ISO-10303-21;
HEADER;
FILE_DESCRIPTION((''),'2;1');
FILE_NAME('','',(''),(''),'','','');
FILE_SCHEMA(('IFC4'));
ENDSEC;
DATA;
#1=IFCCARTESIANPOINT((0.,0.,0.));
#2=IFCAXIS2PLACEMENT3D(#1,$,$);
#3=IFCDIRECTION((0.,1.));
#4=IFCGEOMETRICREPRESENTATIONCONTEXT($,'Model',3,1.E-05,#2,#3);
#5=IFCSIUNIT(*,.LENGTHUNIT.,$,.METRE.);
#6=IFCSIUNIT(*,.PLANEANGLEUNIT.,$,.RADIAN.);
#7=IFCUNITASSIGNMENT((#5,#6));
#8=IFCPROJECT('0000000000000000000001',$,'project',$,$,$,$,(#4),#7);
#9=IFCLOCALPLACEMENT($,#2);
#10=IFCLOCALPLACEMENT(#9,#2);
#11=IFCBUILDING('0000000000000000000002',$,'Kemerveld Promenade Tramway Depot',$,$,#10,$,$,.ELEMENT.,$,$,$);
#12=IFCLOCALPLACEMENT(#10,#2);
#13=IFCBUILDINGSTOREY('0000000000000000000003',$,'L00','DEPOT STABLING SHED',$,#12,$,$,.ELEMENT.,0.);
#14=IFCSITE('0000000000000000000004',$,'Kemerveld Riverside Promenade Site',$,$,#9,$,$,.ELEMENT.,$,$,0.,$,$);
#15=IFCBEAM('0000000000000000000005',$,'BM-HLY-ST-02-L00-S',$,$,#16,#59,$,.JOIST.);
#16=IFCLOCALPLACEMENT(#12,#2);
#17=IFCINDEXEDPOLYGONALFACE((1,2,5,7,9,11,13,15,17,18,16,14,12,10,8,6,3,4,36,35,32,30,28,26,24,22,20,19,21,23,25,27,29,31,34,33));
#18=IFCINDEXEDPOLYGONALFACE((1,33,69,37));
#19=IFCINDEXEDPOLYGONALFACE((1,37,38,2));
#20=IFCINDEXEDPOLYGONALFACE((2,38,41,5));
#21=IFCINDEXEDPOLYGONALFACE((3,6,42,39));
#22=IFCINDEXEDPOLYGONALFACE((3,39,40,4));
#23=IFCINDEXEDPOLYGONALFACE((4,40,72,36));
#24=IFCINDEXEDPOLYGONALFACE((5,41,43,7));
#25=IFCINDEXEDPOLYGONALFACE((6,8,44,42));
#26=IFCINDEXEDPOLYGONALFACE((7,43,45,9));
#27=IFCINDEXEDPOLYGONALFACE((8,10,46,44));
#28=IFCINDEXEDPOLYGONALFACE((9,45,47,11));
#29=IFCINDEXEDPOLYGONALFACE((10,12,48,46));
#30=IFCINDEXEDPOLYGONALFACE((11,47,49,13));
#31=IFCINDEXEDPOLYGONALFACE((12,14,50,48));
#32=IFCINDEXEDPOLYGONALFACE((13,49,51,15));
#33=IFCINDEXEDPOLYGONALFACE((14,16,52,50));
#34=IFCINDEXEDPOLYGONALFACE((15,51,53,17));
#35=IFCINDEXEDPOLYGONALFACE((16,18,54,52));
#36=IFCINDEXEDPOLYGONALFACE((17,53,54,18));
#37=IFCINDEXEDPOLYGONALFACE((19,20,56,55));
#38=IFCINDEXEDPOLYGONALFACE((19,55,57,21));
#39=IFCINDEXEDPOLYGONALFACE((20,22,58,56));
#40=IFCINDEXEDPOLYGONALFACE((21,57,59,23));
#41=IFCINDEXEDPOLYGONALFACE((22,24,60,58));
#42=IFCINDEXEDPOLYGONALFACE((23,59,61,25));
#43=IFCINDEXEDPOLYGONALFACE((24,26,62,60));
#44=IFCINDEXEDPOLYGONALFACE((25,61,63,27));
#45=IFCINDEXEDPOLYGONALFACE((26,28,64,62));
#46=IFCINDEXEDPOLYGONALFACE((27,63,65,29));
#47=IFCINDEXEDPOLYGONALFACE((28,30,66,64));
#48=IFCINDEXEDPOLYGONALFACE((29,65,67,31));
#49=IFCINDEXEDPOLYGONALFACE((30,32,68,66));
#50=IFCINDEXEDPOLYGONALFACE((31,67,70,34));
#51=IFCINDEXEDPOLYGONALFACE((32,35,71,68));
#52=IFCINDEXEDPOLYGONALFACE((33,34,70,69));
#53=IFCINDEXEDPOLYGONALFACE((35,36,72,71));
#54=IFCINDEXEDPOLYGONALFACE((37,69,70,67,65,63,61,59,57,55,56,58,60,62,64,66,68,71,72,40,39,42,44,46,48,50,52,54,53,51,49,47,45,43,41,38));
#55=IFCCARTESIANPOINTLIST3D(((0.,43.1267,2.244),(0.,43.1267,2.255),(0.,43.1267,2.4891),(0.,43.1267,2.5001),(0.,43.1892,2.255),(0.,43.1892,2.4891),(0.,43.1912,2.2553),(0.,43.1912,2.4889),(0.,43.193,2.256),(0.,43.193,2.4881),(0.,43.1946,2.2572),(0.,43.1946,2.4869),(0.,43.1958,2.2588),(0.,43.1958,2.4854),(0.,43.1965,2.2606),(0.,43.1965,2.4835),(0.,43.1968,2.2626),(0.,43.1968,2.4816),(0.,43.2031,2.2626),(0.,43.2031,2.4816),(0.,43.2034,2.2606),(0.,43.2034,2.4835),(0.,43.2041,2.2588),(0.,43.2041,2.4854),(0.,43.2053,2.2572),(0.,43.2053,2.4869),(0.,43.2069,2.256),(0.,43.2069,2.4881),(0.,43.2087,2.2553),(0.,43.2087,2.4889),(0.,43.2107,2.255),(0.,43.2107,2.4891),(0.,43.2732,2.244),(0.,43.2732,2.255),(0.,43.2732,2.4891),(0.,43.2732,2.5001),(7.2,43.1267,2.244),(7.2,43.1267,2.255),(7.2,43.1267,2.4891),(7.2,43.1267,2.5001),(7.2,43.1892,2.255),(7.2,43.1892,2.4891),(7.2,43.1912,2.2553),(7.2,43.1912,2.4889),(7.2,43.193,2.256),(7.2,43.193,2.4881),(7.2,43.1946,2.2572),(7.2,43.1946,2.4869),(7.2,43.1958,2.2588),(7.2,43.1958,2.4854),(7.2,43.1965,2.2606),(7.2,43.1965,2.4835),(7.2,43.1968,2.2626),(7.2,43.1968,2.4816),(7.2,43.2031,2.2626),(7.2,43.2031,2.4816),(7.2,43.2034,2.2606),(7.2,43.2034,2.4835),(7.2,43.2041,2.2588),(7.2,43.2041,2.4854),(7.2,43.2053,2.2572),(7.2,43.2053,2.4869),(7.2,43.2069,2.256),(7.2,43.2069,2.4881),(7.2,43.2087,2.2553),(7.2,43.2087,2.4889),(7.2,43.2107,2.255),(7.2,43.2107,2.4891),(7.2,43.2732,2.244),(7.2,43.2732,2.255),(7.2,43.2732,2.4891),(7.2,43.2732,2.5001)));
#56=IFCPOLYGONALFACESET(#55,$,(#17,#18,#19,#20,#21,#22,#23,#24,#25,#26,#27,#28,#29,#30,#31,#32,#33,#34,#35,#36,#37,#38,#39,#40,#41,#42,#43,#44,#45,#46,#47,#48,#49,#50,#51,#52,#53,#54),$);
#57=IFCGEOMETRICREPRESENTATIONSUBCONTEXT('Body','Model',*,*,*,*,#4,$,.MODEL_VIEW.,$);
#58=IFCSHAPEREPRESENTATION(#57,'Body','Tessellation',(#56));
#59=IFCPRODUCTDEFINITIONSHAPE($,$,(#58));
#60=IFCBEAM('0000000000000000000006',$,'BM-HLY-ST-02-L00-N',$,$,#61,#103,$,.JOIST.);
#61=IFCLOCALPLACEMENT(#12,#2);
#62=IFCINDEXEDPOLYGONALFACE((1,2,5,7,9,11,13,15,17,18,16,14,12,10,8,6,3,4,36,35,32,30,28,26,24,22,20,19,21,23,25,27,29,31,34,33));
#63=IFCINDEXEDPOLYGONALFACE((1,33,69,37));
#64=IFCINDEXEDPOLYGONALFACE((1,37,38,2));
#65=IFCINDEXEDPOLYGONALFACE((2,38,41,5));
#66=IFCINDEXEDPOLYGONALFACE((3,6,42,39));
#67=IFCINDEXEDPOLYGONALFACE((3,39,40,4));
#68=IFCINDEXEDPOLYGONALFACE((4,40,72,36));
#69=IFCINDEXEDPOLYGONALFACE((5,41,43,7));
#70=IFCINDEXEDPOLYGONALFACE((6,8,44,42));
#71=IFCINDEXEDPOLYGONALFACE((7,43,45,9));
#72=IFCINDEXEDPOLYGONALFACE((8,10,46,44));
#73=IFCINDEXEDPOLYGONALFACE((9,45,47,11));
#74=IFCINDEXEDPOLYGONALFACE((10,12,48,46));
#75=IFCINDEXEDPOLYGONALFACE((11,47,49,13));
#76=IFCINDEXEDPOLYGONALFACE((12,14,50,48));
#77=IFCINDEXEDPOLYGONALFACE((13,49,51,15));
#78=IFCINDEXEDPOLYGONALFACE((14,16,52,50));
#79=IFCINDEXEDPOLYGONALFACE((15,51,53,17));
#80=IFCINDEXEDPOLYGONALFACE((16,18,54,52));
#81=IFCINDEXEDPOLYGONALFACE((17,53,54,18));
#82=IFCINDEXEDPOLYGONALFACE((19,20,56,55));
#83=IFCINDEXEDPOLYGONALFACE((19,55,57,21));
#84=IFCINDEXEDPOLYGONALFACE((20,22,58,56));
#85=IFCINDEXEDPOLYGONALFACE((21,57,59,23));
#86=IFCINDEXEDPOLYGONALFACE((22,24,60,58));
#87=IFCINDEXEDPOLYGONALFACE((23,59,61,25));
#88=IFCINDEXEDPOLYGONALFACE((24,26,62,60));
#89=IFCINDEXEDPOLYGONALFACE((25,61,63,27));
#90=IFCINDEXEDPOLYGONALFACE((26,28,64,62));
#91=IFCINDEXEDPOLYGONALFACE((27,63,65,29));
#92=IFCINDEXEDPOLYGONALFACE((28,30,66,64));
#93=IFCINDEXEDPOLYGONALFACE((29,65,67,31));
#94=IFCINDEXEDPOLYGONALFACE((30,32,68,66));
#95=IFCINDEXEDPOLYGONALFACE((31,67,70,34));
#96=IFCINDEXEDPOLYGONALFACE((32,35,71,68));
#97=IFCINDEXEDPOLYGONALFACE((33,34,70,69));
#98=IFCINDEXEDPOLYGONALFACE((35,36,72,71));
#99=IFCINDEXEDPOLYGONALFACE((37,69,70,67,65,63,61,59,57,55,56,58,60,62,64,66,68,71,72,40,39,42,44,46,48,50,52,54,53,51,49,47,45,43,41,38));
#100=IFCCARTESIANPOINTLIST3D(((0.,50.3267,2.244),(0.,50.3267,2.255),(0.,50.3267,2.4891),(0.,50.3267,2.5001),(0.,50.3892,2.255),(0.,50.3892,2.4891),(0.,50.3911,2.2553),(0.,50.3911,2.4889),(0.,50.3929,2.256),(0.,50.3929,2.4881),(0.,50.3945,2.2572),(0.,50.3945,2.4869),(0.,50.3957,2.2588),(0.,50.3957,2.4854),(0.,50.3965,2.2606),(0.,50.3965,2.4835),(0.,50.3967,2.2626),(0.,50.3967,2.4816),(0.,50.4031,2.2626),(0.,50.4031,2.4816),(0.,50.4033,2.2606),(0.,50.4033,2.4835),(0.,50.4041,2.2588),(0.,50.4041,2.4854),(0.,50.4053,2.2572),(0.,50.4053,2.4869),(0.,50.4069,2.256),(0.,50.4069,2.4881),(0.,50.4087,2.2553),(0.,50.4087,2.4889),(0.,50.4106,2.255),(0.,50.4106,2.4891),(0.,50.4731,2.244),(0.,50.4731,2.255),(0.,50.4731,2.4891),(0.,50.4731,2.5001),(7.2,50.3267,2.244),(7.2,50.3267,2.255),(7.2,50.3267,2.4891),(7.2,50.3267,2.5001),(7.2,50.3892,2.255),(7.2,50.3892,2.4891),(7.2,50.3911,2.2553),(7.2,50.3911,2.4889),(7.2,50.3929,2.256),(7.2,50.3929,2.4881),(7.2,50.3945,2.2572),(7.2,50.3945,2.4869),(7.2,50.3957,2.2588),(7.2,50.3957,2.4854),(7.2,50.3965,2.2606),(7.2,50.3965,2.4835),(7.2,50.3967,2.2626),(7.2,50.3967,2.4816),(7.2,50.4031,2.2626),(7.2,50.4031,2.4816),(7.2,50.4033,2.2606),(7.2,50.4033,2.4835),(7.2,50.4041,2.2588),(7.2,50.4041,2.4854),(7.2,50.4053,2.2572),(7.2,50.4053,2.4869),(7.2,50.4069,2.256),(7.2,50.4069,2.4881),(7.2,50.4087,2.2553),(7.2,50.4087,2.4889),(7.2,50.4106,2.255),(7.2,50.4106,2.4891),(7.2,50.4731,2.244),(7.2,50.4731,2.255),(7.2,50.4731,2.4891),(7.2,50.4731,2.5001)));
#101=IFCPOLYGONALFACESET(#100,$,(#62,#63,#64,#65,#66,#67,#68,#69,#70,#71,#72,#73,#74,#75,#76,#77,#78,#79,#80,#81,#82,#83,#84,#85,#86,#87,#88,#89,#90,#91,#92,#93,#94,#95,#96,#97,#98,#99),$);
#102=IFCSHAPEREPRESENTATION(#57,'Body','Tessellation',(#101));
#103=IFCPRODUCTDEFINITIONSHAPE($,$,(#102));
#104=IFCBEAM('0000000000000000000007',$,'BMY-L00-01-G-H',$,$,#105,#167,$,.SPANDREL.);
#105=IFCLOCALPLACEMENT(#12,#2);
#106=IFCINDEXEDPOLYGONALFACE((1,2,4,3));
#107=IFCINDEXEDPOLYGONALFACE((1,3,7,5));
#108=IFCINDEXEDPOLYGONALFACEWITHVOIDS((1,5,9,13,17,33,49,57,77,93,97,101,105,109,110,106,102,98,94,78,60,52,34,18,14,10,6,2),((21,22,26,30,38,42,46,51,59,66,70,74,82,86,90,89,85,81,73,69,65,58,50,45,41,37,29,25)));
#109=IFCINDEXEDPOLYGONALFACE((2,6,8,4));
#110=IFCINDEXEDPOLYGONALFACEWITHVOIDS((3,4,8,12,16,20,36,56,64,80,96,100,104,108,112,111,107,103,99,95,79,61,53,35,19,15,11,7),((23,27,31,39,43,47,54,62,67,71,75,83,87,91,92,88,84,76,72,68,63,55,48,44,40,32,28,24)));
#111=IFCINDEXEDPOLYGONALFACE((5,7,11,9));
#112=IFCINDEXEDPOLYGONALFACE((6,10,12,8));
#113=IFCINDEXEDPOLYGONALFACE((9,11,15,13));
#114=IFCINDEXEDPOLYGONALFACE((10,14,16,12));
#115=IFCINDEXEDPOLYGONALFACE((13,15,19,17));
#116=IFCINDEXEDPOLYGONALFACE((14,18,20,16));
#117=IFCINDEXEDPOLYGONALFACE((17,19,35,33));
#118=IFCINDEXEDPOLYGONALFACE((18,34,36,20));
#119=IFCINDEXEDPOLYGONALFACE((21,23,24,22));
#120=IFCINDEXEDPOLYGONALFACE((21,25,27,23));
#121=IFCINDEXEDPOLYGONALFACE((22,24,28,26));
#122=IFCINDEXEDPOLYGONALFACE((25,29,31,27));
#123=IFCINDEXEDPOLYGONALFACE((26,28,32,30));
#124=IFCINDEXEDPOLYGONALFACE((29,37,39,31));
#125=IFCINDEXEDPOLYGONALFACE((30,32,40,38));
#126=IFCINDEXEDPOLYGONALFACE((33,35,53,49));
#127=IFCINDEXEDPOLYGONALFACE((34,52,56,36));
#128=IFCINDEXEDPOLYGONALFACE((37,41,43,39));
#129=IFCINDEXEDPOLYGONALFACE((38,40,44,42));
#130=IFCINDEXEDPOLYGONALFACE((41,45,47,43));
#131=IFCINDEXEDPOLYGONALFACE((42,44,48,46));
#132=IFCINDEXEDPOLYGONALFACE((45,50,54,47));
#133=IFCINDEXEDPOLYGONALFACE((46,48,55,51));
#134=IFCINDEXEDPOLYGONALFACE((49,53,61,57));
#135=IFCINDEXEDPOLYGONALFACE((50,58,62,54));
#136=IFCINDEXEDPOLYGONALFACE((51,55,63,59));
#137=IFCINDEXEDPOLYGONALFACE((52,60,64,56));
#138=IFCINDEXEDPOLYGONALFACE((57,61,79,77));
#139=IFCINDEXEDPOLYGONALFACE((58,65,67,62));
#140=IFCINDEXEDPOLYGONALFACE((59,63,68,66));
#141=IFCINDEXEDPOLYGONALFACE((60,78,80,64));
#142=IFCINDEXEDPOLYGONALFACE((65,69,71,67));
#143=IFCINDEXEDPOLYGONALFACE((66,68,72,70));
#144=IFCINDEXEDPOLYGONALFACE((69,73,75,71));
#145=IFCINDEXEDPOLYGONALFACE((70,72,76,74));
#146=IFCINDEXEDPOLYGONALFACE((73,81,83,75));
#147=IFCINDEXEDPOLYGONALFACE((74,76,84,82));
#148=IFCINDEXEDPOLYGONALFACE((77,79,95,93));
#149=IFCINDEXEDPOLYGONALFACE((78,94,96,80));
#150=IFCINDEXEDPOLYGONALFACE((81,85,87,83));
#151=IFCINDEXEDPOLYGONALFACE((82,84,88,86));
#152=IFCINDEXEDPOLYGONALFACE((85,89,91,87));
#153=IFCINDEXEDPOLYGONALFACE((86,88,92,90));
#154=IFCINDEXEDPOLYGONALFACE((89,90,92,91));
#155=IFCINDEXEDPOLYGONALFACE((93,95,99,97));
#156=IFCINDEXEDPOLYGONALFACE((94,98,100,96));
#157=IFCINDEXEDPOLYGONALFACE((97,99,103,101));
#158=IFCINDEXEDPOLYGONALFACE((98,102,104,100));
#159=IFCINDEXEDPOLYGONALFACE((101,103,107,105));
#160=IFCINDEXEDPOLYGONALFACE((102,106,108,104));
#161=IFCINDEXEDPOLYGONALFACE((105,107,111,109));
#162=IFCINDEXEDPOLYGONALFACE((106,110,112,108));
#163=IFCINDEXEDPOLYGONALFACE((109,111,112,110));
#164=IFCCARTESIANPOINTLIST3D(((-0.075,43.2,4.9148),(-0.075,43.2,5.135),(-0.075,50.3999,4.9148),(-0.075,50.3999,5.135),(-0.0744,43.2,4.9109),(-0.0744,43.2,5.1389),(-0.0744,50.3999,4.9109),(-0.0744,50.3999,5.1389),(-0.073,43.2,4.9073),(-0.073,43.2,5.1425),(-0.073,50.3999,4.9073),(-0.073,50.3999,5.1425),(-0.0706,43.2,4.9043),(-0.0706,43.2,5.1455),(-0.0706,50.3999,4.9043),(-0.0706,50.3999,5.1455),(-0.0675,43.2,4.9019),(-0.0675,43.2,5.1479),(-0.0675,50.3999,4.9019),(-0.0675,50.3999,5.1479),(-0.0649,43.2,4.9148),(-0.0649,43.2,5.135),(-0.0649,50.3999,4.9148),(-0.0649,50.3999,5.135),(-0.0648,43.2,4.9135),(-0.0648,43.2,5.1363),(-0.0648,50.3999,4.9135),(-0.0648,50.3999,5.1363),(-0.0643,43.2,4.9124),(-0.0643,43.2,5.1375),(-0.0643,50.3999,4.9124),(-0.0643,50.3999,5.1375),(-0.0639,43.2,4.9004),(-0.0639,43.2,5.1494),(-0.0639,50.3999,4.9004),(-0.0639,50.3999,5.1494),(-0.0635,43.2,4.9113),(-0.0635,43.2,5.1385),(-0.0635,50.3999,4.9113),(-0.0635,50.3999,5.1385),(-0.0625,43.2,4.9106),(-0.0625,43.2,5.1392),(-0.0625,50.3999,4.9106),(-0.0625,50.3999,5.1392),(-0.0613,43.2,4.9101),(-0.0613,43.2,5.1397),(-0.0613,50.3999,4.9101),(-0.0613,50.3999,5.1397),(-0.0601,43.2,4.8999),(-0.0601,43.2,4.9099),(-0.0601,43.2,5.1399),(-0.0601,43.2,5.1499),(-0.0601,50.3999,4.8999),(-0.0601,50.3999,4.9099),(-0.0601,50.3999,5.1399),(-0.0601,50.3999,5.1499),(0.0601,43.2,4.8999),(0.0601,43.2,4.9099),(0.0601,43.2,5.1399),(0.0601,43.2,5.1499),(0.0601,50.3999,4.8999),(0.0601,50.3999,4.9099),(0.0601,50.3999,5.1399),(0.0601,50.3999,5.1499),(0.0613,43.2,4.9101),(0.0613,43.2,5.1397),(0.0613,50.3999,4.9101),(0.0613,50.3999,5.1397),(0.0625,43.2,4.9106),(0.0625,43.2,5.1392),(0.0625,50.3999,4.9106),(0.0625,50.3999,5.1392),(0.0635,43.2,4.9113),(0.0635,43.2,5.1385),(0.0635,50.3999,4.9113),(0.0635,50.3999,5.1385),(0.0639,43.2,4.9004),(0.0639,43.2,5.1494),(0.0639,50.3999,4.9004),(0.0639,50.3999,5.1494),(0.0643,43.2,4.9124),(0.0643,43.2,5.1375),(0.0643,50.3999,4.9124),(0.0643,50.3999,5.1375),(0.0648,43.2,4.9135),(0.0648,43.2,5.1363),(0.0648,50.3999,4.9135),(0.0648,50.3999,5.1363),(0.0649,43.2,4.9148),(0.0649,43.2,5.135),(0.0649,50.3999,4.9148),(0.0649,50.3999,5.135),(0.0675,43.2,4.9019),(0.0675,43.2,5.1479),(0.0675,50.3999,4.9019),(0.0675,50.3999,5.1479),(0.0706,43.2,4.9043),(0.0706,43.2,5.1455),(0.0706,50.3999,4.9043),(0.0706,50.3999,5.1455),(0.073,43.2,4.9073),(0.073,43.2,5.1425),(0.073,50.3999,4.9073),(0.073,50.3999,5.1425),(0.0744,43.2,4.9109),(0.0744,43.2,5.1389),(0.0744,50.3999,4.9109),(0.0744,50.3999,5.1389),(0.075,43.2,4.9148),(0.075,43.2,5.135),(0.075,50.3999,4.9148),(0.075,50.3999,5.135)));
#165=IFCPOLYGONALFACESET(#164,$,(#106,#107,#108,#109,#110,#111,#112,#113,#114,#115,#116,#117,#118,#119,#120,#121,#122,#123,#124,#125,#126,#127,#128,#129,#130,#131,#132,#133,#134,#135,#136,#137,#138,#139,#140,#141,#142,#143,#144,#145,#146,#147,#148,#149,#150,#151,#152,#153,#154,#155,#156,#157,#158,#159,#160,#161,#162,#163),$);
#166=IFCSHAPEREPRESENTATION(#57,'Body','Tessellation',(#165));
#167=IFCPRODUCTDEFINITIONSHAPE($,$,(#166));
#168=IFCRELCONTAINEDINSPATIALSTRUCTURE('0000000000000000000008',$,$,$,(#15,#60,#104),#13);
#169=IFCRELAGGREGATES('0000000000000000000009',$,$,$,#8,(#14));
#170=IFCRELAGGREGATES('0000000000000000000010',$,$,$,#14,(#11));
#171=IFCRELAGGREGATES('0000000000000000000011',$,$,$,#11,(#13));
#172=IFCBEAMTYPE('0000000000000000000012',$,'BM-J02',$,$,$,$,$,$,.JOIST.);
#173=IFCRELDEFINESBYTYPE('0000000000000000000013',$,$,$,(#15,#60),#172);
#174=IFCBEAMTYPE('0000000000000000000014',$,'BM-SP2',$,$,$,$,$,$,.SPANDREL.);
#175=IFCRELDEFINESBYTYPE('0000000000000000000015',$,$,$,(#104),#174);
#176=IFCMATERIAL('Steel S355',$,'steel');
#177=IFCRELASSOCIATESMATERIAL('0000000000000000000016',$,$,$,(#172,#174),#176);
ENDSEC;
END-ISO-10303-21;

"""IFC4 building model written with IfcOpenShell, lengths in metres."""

from ifc_helpers import new_model, si_unit, direction, frame, origin, origin_2d, place, context, subcontext, project, spatial, hollow_rectangle, i_section, extrude, material, material_profile, profile_set, type_object, element, save


model = new_model("IFC4")

# Units and contexts
model_context = context("Model", 3, precision=1e-05, world=origin(), true_north=direction((0.0, 1.0)))
body_context = subcontext(model_context, "Body", "Model", "MODEL_VIEW")
ifc_project = project(units=[si_unit("LENGTHUNIT", "METRE"), si_unit("PLANEANGLEUNIT", "RADIAN")], contexts=[model_context])

# Site, building, storey
site_placement = place(None, origin())
site = spatial("IfcSite", under=ifc_project, at=site_placement, Name="Kemerveld Riverside Promenade Site", CompositionType="ELEMENT", RefElevation=0.0)
building_placement = place(site_placement, origin())
building = spatial("IfcBuilding", under=site, at=building_placement, Name="Kemerveld Promenade Tramway Depot", CompositionType="ELEMENT")
storey_placement = place(building_placement, origin())
storey = spatial("IfcBuildingStorey", under=building, at=storey_placement, Name="L00", Description="DEPOT STABLING SHED", CompositionType="ELEMENT", Elevation=0.0)

# Shared definitions
ifc_material_1 = material(Name="Steel S355", Category="steel")

# Beams
ifc_material_profile_1 = material_profile(ifc_material_1, i_section(OverallWidth=0.1465, OverallDepth=0.2561, WebThickness=0.0063, FlangeThickness=0.011, FilletRadius=0.0076, at=origin_2d()), Name="254x146x37 UB")
ifc_profile_set_1 = profile_set([ifc_material_profile_1], Name="Steel S355")
beam_type_1 = type_object("IfcBeamType", Name="BM-J02", PredefinedType="JOIST", material=ifc_profile_set_1)
for number, where, z_axis, x_axis, name in (
    (1, (0.0, 43.2, 2.3721), (1.0, 0.0, 0.0), (0.0, 1.0, 0.0), "BM-HLY-ST-02-L00-S"),
    (2, (0.0, 50.3999, 2.3721), (1.0, 0.0, 0.0), (0.0, 1.0, 0.0), "BM-HLY-ST-02-L00-N"),
):
    element("IfcBeam", number, at=place(storey_placement, frame(where, z_axis=z_axis, x_axis=x_axis)), inside=storey, type_object=beam_type_1, Name=name, PredefinedType="JOIST", context=body_context, shape_type="SweptSolid", body=[
        extrude(i_section(OverallWidth=0.1465, OverallDepth=0.2561, WebThickness=0.0063, FlangeThickness=0.011, FilletRadius=0.0076, at=origin_2d()), origin(), (0.0, 0.0, 1.0), 7.2),
    ])
ifc_material_profile_2 = material_profile(ifc_material_1, hollow_rectangle(XDim=0.1499, YDim=0.25, WallThickness=0.01, InnerFilletRadius=0.0049, OuterFilletRadius=0.0149, at=origin_2d()), Name="250x150x10.0 RHS")
ifc_profile_set_2 = profile_set([ifc_material_profile_2], Name="Steel S355")
beam_type_2 = type_object("IfcBeamType", Name="BM-SP2", PredefinedType="SPANDREL", material=ifc_profile_set_2)
beam_1_placement = place(storey_placement, frame((0.0, 43.2, 5.0249), z_axis=(0.0, 1.0, 0.0), x_axis=(-1.0, 0.0, 0.0)))
element("IfcBeam", 3, at=beam_1_placement, inside=storey, type_object=beam_type_2, Name="BMY-L00-01-G-H", PredefinedType="SPANDREL", context=body_context, shape_type="SweptSolid", body=[
    extrude(hollow_rectangle(XDim=0.1499, YDim=0.25, WallThickness=0.01, InnerFilletRadius=0.0049, OuterFilletRadius=0.0149, at=origin_2d()), origin(), (0.0, 0.0, 1.0), 7.2),
])

save(model, "model.ifc")
